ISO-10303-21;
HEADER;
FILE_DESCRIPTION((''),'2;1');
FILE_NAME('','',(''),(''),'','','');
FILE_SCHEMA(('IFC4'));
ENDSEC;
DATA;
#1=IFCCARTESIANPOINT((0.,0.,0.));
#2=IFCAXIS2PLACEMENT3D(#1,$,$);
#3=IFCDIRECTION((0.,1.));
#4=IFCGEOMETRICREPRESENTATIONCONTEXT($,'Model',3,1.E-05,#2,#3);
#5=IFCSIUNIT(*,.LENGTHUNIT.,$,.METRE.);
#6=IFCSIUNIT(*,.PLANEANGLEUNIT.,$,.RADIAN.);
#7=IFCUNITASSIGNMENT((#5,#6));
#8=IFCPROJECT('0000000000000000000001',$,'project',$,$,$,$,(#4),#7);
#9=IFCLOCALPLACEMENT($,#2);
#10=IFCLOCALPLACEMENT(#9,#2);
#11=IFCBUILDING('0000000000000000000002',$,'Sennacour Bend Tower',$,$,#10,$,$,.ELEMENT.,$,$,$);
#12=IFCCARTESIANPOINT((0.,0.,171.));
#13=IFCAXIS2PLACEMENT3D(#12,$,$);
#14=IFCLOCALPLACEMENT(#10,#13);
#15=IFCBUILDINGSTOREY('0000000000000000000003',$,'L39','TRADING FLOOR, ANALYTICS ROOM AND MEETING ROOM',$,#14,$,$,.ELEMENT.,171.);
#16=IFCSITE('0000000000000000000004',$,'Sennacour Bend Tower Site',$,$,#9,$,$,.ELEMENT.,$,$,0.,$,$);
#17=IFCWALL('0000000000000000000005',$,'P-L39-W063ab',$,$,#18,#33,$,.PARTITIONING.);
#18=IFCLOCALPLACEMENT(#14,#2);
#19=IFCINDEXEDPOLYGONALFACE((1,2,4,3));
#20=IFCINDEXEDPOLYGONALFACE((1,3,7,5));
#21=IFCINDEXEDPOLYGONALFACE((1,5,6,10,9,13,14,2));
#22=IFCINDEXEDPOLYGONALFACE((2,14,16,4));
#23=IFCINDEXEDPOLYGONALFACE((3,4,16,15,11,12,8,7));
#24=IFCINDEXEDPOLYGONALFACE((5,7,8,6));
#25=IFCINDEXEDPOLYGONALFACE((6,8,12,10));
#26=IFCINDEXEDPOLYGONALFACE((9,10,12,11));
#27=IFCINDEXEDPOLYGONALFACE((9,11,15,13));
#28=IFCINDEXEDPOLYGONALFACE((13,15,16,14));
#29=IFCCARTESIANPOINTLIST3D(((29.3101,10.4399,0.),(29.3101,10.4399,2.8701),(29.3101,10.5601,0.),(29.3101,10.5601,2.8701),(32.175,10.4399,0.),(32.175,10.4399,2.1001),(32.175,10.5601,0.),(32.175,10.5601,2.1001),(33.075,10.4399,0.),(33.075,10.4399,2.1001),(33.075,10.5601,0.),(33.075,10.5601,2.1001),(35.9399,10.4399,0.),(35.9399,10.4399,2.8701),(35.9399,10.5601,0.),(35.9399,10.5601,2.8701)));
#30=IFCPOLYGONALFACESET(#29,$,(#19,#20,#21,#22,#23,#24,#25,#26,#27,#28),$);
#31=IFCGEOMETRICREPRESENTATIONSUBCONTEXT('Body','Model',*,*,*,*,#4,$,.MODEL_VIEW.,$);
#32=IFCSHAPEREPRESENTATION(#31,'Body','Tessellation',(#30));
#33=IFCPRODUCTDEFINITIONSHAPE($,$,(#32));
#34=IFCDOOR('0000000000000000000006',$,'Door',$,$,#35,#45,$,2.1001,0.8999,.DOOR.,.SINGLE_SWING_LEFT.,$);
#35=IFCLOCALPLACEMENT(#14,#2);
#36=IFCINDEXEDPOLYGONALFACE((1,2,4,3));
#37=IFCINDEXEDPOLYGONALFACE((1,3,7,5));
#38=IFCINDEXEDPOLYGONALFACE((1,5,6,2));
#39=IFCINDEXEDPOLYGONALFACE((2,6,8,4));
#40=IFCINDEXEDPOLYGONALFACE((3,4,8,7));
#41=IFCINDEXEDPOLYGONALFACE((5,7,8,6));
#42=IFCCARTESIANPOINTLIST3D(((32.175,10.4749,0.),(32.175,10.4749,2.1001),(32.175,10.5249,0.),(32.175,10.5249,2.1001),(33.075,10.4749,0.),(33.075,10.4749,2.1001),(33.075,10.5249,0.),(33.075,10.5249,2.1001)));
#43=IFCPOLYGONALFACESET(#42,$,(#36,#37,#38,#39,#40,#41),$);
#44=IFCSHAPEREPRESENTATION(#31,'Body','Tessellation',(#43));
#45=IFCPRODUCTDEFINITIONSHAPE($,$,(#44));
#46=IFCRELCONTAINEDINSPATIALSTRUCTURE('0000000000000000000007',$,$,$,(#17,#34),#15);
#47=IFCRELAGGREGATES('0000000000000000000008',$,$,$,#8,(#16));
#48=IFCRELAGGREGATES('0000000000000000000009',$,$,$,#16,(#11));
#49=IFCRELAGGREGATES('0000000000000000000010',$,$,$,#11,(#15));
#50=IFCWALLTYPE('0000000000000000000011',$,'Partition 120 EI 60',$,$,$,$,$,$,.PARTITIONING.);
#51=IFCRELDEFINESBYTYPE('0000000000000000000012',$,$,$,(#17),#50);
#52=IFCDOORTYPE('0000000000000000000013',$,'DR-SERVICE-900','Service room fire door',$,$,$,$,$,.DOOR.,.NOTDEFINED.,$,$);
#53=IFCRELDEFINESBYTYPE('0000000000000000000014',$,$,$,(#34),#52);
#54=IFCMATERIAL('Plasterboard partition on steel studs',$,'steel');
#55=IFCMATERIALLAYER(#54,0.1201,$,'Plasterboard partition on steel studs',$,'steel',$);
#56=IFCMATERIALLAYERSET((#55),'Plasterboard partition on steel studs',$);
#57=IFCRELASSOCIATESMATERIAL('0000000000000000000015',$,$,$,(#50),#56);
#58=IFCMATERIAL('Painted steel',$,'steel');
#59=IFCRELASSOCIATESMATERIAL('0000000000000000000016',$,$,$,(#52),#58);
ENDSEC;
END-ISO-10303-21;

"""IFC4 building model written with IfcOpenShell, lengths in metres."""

from ifc_helpers import new_model, si_unit, direction, frame, frame_2d, origin, place, context, subcontext, project, spatial, rectangle, extrude, material, layer, layer_set, type_object, element, fill, save


model = new_model("IFC4")

# Units and contexts
model_context = context("Model", 3, precision=1e-05, world=origin(), true_north=direction((0.0, 1.0)))
body_context = subcontext(model_context, "Body", "Model", "MODEL_VIEW")
ifc_project = project(units=[si_unit("LENGTHUNIT", "METRE"), si_unit("PLANEANGLEUNIT", "RADIAN")], contexts=[model_context])

# Site, building, storey
site_placement = place(None, origin())
site = spatial("IfcSite", under=ifc_project, at=site_placement, Name="Sennacour Bend Tower Site", CompositionType="ELEMENT", RefElevation=0.0)
building_placement = place(site_placement, origin())
building = spatial("IfcBuilding", under=site, at=building_placement, Name="Sennacour Bend Tower", CompositionType="ELEMENT")
storey_placement = place(building_placement, frame((0.0, 0.0, 171.0)))
storey = spatial("IfcBuildingStorey", under=building, at=storey_placement, Name="L39", Description="TRADING FLOOR, ANALYTICS ROOM AND MEETING ROOM", CompositionType="ELEMENT", Elevation=171.0)

# Shared definitions
ifc_material_1 = material(Name="Plasterboard partition on steel studs", Category="steel")

# Shared definitions
ifc_material_2 = material(Name="Painted steel", Category="steel")

# Wall, opening, door
ifc_layer_1 = layer(ifc_material_1, 0.1201, Name="Plasterboard partition on steel studs", Category="steel")
ifc_layer_set_1 = layer_set([ifc_layer_1], Name="Plasterboard partition on steel studs")
wall_type_1 = type_object("IfcWallType", Name="Partition 120 EI 60", PredefinedType="PARTITIONING", material=ifc_layer_set_1)
wall_1_placement = place(storey_placement, frame((29.3101, 10.5, 0.0), z_axis=(0.0, 0.0, 1.0), x_axis=(1.0, 0.0, 0.0)))
wall_1 = element("IfcWall", 1, at=wall_1_placement, inside=storey, type_object=wall_type_1, Name="P-L39-W063ab", PredefinedType="PARTITIONING", context=body_context, shape_type="SweptSolid", body=[
    extrude(rectangle(XDim=6.6299, YDim=0.1201, at=frame_2d((3.3149, 0.0))), origin(), (0.0, 0.0, 1.0), 2.8701),
])
opening_1_placement = place(wall_1_placement, frame((2.865, 0.0, 0.0)))
opening_1 = element("IfcOpeningElement", 2, at=opening_1_placement, cuts=wall_1, PredefinedType="OPENING", context=body_context, shape_type="SweptSolid", body=[
    extrude(rectangle(XDim=0.8999, YDim=2.1001, at=frame_2d((0.45, 1.05))), frame((0.0, 0.0701, 0.0), z_axis=(0.0, -1.0, 0.0), x_axis=(1.0, 0.0, 0.0)), (0.0, 0.0, 1.0), 0.1401),
])
door_type_1 = type_object("IfcDoorType", Name="DR-SERVICE-900", Description="Service room fire door", OperationType="NOTDEFINED", PredefinedType="DOOR", material=ifc_material_2)
door_1_placement = place(opening_1_placement, origin())
door_1 = element("IfcDoor", 3, at=door_1_placement, inside=storey, type_object=door_type_1, Name="Door", OperationType="SINGLE_SWING_LEFT", OverallHeight=2.1001, OverallWidth=0.8999, PredefinedType="DOOR", context=body_context, shape_type="SweptSolid", body=[
    extrude(rectangle(XDim=0.8999, YDim=2.1001, at=frame_2d((0.45, 1.05))), frame((0.0, 0.0249, 0.0), z_axis=(0.0, -1.0, 0.0), x_axis=(1.0, 0.0, 0.0)), (0.0, 0.0, 1.0), 0.05),
])
fill(opening_1, door_1)

save(model, "model.ifc")
